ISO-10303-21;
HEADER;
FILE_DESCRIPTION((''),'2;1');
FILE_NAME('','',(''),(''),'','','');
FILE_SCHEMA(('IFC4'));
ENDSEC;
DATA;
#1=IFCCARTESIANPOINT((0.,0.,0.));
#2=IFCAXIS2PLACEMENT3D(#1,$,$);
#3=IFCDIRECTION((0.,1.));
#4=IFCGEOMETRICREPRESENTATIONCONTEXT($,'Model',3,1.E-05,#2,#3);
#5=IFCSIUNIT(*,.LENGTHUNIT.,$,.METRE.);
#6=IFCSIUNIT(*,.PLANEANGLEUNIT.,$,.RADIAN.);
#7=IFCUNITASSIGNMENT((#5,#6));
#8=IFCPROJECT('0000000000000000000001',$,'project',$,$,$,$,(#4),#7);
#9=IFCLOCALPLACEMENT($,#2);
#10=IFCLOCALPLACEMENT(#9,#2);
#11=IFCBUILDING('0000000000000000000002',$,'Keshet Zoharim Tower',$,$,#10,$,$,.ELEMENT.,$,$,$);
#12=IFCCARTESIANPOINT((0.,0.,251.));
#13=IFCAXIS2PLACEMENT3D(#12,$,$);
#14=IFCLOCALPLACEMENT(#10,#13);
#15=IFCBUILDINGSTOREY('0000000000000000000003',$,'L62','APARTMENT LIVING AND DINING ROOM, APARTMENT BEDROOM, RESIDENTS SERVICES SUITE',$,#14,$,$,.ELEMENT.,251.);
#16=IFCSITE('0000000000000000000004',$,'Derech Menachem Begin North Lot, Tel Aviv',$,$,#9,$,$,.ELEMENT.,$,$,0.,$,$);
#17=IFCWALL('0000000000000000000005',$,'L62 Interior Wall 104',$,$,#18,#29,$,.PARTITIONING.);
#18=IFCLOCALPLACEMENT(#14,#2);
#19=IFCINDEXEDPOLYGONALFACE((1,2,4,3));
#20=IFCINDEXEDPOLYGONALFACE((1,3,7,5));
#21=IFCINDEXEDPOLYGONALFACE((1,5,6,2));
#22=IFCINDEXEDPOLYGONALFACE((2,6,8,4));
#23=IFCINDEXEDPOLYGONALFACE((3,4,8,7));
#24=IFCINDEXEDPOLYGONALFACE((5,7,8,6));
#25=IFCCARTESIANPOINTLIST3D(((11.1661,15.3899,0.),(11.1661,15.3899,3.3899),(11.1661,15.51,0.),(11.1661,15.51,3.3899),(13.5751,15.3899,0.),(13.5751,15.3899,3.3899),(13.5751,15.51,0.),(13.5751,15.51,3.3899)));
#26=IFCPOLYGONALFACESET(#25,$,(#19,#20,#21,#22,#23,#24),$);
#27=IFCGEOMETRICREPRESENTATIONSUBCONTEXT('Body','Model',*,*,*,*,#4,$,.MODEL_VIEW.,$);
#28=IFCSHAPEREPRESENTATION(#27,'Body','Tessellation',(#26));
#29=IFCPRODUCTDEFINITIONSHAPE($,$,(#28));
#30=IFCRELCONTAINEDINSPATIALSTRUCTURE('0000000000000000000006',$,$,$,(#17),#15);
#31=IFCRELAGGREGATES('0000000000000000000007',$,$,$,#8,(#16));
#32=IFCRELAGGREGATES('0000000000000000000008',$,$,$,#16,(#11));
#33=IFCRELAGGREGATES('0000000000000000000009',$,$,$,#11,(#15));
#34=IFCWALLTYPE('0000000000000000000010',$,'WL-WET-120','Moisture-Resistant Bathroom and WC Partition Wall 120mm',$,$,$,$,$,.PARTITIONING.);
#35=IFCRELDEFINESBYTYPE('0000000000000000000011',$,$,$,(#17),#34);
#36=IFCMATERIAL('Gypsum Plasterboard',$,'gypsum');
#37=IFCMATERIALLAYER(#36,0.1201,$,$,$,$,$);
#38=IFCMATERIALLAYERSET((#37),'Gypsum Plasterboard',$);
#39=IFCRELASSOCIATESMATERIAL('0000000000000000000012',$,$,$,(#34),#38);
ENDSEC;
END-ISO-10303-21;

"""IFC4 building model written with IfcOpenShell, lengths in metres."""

from ifc_helpers import new_model, si_unit, direction, frame, frame_2d, origin, place, context, subcontext, project, spatial, rectangle, extrude, material, layer, layer_set, type_object, element, save


model = new_model("IFC4")

# Units and contexts
model_context = context("Model", 3, precision=1e-05, world=origin(), true_north=direction((0.0, 1.0)))
body_context = subcontext(model_context, "Body", "Model", "MODEL_VIEW")
ifc_project = project(units=[si_unit("LENGTHUNIT", "METRE"), si_unit("PLANEANGLEUNIT", "RADIAN")], contexts=[model_context])

# Site, building, storey
site_placement = place(None, origin())
site = spatial("IfcSite", under=ifc_project, at=site_placement, Name="Derech Menachem Begin North Lot, Tel Aviv", CompositionType="ELEMENT", RefElevation=0.0)
building_placement = place(site_placement, origin())
building = spatial("IfcBuilding", under=site, at=building_placement, Name="Keshet Zoharim Tower", CompositionType="ELEMENT")
storey_placement = place(building_placement, frame((0.0, 0.0, 251.0)))
storey = spatial("IfcBuildingStorey", under=building, at=storey_placement, Name="L62", Description="APARTMENT LIVING AND DINING ROOM, APARTMENT BEDROOM, RESIDENTS SERVICES SUITE", CompositionType="ELEMENT", Elevation=251.0)

# Shared definitions
ifc_material_1 = material(Name="Gypsum Plasterboard", Category="gypsum")

# Shared definitions
ifc_layer_1 = layer(ifc_material_1, 0.1201)
ifc_layer_set_1 = layer_set([ifc_layer_1], Name="Gypsum Plasterboard")
wall_type_1 = type_object("IfcWallType", Name="WL-WET-120", Description="Moisture-Resistant Bathroom and WC Partition Wall 120mm", PredefinedType="PARTITIONING", material=ifc_layer_set_1)

# Wall
wall_1_placement = place(storey_placement, frame((11.166, 15.45, 0.0), z_axis=(0.0, 0.0, 1.0), x_axis=(1.0, 0.0, 0.0)))
element("IfcWall", 1, at=wall_1_placement, inside=storey, type_object=wall_type_1, Name="L62 Interior Wall 104", PredefinedType="PARTITIONING", context=body_context, shape_type="SweptSolid", body=[
    extrude(rectangle(XDim=2.4089, YDim=0.1201, at=frame_2d((1.2046, 0.0))), origin(), (0.0, 0.0, 1.0), 3.3899),
])

save(model, "model.ifc")
